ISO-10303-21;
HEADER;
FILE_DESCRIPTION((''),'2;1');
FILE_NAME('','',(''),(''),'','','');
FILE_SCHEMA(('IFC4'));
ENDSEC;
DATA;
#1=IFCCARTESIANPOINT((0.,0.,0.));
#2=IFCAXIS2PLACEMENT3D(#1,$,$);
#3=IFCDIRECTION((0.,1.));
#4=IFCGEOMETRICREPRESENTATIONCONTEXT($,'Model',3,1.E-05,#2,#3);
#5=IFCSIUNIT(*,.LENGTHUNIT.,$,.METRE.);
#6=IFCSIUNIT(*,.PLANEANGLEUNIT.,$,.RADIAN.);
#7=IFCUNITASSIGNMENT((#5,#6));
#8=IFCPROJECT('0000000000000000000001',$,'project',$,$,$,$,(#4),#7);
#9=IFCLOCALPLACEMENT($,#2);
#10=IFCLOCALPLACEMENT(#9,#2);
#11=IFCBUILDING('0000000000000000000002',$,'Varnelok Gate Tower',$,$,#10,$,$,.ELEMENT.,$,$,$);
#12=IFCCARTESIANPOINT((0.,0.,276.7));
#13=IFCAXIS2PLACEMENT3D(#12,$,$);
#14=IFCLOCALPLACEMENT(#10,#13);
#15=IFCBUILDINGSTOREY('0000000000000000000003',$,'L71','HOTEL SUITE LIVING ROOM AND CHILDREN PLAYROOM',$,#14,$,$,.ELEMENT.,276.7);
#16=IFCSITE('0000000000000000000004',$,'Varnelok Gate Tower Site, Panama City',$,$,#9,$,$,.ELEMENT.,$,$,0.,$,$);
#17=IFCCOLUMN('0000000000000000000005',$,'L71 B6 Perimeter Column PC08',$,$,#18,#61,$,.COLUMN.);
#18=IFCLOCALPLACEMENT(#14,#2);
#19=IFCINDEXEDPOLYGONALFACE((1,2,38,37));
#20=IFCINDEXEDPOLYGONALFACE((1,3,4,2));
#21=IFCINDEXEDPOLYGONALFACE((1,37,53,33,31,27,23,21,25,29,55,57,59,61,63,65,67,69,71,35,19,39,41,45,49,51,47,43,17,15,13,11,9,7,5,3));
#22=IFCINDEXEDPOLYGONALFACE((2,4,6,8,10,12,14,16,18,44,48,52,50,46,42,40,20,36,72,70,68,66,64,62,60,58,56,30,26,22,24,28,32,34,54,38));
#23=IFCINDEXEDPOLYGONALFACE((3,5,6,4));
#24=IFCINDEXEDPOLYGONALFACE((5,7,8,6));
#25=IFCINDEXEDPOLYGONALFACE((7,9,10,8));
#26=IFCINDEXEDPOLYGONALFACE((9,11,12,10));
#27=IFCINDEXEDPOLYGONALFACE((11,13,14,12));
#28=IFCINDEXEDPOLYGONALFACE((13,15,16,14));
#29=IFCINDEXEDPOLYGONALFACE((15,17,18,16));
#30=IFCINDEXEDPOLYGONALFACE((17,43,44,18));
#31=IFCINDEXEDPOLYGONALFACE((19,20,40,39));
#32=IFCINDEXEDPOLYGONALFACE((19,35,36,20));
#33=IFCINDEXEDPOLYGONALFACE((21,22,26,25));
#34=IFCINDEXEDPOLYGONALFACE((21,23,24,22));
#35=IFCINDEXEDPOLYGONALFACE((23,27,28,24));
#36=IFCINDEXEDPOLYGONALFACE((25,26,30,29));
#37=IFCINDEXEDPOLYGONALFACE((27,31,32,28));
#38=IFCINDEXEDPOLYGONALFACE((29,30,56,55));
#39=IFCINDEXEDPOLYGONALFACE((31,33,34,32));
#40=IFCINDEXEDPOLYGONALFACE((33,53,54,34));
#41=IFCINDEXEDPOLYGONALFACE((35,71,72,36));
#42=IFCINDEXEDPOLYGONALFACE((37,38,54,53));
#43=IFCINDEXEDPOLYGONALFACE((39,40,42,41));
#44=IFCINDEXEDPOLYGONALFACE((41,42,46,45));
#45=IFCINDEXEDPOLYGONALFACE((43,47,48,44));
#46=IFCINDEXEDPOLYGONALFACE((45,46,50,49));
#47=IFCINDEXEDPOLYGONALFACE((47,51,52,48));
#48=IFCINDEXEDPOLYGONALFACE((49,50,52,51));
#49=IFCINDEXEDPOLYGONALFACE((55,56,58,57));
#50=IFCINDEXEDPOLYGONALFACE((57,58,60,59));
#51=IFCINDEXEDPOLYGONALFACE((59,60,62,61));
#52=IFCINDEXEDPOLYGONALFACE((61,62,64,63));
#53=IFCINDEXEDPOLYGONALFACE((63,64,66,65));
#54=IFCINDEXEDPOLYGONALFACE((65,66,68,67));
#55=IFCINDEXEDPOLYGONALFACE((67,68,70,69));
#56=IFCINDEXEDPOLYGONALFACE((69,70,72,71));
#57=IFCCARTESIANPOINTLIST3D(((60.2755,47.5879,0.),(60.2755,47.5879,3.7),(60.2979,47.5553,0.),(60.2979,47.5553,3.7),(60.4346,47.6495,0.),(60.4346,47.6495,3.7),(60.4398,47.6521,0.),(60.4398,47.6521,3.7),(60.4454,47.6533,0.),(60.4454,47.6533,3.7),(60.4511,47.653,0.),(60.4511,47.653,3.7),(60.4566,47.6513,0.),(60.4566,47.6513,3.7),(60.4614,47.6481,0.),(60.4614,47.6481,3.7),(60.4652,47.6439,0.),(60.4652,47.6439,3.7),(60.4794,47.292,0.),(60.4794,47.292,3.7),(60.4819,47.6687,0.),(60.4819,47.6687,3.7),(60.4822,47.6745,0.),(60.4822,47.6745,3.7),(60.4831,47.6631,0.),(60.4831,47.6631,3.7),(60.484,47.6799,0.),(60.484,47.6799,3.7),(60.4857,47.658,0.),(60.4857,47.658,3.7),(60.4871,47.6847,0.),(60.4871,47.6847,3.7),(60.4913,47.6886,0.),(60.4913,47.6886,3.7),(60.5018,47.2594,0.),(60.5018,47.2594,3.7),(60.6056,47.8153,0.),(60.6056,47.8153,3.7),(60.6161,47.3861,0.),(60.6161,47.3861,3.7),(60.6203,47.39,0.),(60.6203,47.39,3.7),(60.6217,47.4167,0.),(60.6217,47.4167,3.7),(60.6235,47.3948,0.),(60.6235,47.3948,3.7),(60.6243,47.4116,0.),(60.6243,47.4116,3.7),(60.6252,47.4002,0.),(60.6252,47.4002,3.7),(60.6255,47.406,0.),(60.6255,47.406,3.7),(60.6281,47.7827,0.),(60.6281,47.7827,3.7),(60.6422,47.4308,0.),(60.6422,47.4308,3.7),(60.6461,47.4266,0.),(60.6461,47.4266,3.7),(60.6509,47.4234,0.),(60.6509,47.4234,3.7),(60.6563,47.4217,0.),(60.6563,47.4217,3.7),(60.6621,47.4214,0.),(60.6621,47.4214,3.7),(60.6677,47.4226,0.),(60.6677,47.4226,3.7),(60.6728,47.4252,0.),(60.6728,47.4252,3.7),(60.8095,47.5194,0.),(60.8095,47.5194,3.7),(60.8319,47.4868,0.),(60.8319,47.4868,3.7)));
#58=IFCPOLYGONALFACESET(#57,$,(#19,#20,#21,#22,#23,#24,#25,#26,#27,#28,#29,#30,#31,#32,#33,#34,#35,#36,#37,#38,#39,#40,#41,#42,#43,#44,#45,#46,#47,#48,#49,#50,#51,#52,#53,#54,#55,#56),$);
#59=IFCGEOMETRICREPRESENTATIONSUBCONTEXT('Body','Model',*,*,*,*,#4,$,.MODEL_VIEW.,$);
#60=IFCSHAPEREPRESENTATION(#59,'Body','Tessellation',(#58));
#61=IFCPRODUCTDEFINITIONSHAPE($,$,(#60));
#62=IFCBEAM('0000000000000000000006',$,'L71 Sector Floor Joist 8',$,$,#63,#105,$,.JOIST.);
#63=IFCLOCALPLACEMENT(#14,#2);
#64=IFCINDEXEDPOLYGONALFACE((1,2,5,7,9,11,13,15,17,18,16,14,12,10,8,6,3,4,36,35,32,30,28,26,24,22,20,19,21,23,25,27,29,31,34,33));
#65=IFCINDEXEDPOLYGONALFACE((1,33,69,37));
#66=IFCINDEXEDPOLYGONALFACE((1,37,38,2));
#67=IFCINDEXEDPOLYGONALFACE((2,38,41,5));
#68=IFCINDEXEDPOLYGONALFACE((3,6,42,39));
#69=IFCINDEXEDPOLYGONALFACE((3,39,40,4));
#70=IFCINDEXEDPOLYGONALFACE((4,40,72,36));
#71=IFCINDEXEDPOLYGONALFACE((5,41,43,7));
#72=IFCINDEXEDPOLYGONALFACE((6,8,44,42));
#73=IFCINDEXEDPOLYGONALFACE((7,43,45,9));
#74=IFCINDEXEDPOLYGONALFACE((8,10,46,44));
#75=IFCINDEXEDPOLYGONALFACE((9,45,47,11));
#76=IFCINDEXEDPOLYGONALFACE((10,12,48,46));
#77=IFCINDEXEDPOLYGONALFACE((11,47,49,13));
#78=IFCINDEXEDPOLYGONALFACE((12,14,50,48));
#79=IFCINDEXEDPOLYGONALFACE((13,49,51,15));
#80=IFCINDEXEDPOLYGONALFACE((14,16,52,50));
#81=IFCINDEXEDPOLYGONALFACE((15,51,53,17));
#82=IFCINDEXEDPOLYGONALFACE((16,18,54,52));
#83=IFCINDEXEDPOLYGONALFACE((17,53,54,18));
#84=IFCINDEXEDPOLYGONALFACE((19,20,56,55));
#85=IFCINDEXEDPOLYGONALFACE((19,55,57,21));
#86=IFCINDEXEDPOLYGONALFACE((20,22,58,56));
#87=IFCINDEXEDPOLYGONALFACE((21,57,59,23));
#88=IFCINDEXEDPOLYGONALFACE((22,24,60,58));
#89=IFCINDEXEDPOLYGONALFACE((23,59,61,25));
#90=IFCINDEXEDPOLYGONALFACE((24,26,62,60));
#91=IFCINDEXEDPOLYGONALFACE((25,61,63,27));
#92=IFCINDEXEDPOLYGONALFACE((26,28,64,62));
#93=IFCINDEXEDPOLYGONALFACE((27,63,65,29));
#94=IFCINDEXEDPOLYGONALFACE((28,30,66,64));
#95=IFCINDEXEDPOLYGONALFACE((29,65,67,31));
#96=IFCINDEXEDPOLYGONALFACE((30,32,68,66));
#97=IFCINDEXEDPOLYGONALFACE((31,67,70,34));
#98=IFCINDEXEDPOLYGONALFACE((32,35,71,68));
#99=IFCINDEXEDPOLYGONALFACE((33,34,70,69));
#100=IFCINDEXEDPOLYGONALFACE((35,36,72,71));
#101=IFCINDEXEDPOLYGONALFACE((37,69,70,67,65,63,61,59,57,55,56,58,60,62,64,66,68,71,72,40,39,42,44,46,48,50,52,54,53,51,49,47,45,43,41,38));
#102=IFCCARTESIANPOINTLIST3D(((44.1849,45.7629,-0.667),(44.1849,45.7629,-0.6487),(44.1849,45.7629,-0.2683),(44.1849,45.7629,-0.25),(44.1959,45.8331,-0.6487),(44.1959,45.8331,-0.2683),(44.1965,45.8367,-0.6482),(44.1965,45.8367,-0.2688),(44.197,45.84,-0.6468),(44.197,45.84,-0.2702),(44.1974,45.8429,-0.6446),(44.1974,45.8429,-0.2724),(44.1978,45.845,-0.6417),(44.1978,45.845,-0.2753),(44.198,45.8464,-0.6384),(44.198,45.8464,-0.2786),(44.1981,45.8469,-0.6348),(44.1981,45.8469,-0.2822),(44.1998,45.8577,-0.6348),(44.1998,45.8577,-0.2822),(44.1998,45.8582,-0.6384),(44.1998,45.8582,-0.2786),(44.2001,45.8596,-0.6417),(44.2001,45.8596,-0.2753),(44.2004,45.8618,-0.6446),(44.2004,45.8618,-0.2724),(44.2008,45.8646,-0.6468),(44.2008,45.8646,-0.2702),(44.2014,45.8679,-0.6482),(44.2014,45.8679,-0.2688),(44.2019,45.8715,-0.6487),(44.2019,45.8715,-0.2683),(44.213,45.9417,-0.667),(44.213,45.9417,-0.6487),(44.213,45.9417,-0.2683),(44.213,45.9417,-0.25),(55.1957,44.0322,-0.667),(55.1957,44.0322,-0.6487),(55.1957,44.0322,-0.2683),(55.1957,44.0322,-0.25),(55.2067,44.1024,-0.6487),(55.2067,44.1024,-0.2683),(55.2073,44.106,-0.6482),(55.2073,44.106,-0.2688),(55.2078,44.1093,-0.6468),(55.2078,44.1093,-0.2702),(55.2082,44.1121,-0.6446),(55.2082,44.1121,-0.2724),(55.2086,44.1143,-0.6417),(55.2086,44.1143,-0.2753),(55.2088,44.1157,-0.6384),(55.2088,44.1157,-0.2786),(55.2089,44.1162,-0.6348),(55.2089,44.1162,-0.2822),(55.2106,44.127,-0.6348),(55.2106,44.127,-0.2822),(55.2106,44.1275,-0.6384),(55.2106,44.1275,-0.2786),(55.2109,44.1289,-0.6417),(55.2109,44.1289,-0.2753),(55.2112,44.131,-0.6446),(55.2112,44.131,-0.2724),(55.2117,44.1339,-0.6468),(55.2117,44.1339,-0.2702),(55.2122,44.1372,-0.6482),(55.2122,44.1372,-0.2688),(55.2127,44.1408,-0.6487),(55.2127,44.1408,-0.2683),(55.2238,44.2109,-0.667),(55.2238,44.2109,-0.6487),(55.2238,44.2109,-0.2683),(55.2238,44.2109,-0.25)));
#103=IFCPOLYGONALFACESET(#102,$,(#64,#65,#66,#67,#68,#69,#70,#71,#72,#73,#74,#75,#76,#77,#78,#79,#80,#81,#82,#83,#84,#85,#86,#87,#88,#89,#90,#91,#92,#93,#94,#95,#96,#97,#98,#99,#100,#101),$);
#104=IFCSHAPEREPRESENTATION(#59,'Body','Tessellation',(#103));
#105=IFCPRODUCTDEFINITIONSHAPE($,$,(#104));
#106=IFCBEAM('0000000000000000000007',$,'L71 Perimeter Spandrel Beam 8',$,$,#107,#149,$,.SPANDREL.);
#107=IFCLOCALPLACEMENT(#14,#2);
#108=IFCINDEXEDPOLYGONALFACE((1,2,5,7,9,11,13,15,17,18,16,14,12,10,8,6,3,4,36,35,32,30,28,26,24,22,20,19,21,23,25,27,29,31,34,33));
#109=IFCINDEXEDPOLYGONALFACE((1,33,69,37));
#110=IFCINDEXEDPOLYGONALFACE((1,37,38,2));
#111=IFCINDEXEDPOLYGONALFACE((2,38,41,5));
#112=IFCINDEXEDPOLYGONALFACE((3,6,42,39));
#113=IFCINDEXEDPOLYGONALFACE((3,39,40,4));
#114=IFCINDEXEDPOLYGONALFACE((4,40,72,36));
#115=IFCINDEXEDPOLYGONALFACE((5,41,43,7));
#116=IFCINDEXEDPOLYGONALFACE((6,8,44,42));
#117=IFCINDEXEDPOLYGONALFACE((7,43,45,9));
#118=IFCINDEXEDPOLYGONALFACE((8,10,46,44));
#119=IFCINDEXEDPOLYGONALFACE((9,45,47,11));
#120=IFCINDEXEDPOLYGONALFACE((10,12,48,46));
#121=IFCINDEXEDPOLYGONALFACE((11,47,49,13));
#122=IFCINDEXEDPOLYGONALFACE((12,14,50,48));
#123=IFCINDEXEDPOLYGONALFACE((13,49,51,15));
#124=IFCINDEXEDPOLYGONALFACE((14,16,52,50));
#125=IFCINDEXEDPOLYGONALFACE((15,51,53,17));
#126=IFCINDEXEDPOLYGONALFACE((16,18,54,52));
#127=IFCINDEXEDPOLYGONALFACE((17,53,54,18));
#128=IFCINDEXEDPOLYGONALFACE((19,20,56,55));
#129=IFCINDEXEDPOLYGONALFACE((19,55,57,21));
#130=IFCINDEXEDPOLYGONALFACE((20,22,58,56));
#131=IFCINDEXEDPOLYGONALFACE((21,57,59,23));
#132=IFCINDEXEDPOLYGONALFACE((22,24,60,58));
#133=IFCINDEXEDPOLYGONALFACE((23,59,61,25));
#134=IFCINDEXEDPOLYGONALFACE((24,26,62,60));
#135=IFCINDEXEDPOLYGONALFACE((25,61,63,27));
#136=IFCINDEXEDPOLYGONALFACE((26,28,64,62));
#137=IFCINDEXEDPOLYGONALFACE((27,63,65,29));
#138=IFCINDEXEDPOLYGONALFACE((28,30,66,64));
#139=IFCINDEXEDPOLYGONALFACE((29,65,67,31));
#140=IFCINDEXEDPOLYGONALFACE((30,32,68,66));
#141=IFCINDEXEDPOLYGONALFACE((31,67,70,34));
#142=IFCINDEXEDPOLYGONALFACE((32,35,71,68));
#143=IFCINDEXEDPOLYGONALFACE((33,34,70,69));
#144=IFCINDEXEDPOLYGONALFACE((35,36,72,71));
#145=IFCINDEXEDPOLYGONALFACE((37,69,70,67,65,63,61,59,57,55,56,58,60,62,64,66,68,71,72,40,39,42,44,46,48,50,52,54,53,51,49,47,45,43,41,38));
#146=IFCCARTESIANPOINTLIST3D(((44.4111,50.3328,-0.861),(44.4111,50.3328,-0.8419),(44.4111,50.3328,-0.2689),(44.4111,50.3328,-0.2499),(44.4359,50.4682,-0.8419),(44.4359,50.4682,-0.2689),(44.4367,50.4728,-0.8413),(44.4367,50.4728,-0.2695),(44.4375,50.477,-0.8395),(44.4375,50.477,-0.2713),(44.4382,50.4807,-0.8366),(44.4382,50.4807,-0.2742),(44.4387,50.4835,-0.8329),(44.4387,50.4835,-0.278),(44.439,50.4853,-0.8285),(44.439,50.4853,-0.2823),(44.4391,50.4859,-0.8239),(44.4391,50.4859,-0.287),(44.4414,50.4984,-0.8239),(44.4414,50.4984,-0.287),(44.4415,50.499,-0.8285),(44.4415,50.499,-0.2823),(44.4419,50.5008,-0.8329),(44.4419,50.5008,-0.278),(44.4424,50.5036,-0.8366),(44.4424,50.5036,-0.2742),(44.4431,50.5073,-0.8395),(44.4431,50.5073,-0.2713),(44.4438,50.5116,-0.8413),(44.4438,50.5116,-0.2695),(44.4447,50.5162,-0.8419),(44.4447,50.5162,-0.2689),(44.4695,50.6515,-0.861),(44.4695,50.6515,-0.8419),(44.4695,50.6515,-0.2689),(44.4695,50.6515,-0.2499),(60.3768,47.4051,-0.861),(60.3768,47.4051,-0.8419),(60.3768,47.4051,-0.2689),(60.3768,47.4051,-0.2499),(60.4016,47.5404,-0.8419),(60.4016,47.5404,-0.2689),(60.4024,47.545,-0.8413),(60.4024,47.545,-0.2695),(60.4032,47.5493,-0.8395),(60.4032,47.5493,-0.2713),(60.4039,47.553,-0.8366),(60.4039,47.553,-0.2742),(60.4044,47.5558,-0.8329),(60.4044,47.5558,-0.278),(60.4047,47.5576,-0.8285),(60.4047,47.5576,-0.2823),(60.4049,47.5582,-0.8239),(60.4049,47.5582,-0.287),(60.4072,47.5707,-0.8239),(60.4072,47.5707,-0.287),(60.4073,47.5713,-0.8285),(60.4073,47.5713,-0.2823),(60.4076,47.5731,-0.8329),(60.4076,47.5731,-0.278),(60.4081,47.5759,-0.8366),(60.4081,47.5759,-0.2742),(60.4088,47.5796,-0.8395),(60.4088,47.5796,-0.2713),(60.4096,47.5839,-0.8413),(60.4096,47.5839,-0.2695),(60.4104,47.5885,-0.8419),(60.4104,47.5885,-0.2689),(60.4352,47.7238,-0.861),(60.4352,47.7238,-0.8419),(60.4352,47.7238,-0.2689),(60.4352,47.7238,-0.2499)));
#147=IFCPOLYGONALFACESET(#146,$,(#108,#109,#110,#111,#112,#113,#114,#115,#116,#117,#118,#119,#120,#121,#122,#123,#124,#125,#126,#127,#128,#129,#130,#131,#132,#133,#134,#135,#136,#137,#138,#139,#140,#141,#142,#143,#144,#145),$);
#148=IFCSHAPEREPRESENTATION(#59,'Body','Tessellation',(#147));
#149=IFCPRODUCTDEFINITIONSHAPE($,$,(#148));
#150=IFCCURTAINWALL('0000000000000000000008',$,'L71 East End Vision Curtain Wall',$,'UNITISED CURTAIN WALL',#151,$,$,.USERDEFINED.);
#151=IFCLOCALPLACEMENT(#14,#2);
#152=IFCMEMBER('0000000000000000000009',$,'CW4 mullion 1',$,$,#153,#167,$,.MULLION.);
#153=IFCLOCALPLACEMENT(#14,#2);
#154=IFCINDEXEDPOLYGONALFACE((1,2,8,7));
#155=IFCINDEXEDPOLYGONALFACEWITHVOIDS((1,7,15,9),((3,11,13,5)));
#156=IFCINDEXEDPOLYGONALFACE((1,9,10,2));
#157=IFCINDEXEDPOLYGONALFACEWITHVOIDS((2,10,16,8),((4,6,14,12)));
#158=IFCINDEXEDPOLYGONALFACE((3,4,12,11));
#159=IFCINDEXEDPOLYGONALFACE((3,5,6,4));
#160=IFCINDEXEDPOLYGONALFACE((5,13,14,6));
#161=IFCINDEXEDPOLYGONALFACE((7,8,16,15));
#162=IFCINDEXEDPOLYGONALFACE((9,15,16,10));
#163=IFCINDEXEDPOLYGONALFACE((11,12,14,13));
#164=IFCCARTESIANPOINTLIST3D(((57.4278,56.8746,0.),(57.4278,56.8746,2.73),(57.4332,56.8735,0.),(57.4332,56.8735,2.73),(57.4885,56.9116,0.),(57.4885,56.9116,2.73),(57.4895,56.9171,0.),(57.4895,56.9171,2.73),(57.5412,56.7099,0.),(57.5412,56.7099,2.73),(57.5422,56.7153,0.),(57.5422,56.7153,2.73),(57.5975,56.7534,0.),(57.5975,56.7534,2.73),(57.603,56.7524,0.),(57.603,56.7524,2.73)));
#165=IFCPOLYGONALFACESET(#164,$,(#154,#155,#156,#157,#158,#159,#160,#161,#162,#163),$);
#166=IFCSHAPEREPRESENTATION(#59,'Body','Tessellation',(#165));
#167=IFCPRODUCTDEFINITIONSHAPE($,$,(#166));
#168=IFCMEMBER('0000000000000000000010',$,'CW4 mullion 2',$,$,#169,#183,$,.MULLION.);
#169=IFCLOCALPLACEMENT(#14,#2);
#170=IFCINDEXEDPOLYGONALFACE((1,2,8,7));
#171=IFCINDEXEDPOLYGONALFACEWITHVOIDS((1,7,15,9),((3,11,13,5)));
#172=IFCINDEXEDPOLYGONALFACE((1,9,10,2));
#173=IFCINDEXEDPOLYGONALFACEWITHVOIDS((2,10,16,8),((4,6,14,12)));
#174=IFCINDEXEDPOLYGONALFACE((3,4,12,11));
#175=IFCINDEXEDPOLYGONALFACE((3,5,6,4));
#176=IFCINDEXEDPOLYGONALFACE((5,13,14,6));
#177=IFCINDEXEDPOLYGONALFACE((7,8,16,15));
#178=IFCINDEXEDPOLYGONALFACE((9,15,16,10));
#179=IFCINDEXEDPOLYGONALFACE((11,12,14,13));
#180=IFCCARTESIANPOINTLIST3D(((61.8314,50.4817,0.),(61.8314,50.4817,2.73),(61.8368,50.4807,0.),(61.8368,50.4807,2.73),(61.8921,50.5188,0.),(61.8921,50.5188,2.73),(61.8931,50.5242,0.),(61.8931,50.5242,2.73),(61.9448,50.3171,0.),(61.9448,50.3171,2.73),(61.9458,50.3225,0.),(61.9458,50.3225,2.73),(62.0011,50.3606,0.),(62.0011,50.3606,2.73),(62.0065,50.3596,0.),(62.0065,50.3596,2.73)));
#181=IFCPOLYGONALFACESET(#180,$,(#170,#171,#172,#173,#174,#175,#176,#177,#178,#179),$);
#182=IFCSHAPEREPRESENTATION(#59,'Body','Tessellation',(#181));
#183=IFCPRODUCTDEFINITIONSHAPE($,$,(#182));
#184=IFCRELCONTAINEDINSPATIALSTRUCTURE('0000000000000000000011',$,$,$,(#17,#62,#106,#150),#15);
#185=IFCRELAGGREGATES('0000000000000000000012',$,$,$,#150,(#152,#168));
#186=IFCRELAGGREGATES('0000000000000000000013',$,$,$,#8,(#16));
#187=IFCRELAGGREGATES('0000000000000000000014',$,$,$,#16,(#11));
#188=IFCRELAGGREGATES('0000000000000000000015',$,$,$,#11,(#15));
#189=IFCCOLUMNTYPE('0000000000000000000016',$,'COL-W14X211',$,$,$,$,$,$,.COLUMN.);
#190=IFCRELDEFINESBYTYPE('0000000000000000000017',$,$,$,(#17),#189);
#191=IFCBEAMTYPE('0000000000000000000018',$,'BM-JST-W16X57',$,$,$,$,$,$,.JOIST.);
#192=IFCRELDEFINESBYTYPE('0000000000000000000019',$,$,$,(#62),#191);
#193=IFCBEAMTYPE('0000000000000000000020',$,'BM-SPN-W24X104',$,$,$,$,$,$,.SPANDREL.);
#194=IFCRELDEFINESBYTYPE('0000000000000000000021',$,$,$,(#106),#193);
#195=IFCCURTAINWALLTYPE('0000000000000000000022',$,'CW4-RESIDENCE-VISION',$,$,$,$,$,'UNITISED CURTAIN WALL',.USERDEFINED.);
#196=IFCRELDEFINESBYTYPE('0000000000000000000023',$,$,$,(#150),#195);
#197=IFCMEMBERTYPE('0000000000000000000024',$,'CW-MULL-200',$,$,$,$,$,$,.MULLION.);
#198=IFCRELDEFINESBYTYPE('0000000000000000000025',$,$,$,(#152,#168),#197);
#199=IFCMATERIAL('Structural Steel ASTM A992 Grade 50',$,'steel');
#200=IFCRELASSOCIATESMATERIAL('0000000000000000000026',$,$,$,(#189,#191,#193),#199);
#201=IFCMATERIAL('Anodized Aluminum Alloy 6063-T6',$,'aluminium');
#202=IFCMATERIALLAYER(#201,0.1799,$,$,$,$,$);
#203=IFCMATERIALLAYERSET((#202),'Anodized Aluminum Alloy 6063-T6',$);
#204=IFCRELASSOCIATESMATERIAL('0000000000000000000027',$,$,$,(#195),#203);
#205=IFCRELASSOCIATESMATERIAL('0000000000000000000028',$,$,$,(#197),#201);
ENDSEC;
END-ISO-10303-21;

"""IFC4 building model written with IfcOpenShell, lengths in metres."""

from ifc_helpers import new_model, si_unit, direction, frame, origin, origin_2d, place, context, subcontext, project, spatial, hollow_rectangle, i_section, extrude, material, layer, layer_set, material_profile, profile_set, type_object, element, aggregate, save


model = new_model("IFC4")

# Units and contexts
model_context = context("Model", 3, precision=1e-05, world=origin(), true_north=direction((0.0, 1.0)))
body_context = subcontext(model_context, "Body", "Model", "MODEL_VIEW")
ifc_project = project(units=[si_unit("LENGTHUNIT", "METRE"), si_unit("PLANEANGLEUNIT", "RADIAN")], contexts=[model_context])

# Site, building, storey
site_placement = place(None, origin())
site = spatial("IfcSite", under=ifc_project, at=site_placement, Name="Varnelok Gate Tower Site, Panama City", CompositionType="ELEMENT", RefElevation=0.0)
building_placement = place(site_placement, origin())
building = spatial("IfcBuilding", under=site, at=building_placement, Name="Varnelok Gate Tower", CompositionType="ELEMENT")
storey_placement = place(building_placement, frame((0.0, 0.0, 276.7)))
storey = spatial("IfcBuildingStorey", under=building, at=storey_placement, Name="L71", Description="HOTEL SUITE LIVING ROOM AND CHILDREN PLAYROOM", CompositionType="ELEMENT", Elevation=276.7)

# Column
ifc_material_1 = material(Name="Structural Steel ASTM A992 Grade 50", Category="steel")
ifc_material_profile_1 = material_profile(ifc_material_1, i_section(OverallWidth=0.4009, OverallDepth=0.3989, WebThickness=0.0249, FlangeThickness=0.0396, FilletRadius=0.022, at=origin_2d()), Name="W14X211")
ifc_profile_set_1 = profile_set([ifc_material_profile_1], Name="Structural Steel ASTM A992 Grade 50")
column_type = type_object("IfcColumnType", Name="COL-W14X211", PredefinedType="COLUMN", material=ifc_profile_set_1)
column_placement = place(storey_placement, frame((60.5537, 47.5374, 0.0), z_axis=(0.0, 0.0, 1.0), x_axis=(0.823533, 0.567269, 0.0)))
element("IfcColumn", 1, at=column_placement, inside=storey, type_object=column_type, Name="L71 B6 Perimeter Column PC08", PredefinedType="COLUMN", context=body_context, shape_type="SweptSolid", body=[
    extrude(i_section(OverallWidth=0.4009, OverallDepth=0.3989, WebThickness=0.0249, FlangeThickness=0.0396, FilletRadius=0.022, at=origin_2d()), origin(), (0.0, 0.0, 1.0), 3.7),
])

# Beams
ifc_material_profile_2 = material_profile(ifc_material_1, i_section(OverallWidth=0.1809, OverallDepth=0.417, WebThickness=0.011, FlangeThickness=0.0183, FilletRadius=0.0139, at=origin_2d()), Name="W16X57")
ifc_profile_set_2 = profile_set([ifc_material_profile_2], Name="Structural Steel ASTM A992 Grade 50")
beam_type_1 = type_object("IfcBeamType", Name="BM-JST-W16X57", PredefinedType="JOIST", material=ifc_profile_set_2)
beam_1_placement = place(storey_placement, frame((55.2097, 44.1216, -0.4585), z_axis=(-0.987871, 0.155278, 0.0), x_axis=(-0.155278, -0.987871, 0.0)))
element("IfcBeam", 2, at=beam_1_placement, inside=storey, type_object=beam_type_1, Name="L71 Sector Floor Joist 8", PredefinedType="JOIST", context=body_context, shape_type="SweptSolid", body=[
    extrude(i_section(OverallWidth=0.1809, OverallDepth=0.417, WebThickness=0.011, FlangeThickness=0.0183, FilletRadius=0.0139, at=origin_2d()), origin(), (0.0, 0.0, 1.0), 11.146),
])
ifc_material_profile_3 = material_profile(ifc_material_1, i_section(OverallWidth=0.324, OverallDepth=0.6111, WebThickness=0.0127, FlangeThickness=0.019, FilletRadius=0.0181, at=origin_2d()), Name="W24X104")
ifc_profile_set_3 = profile_set([ifc_material_profile_3], Name="Structural Steel ASTM A992 Grade 50")
beam_type_2 = type_object("IfcBeamType", Name="BM-SPN-W24X104", PredefinedType="SPANDREL", material=ifc_profile_set_3)
beam_2_placement = place(storey_placement, frame((60.406, 47.5645, -0.5554), z_axis=(-0.983599, 0.180368, 0.0), x_axis=(-0.180368, -0.983599, 0.0)))
element("IfcBeam", 3, at=beam_2_placement, inside=storey, type_object=beam_type_2, Name="L71 Perimeter Spandrel Beam 8", PredefinedType="SPANDREL", context=body_context, shape_type="SweptSolid", body=[
    extrude(i_section(OverallWidth=0.324, OverallDepth=0.6111, WebThickness=0.0127, FlangeThickness=0.019, FilletRadius=0.0181, at=origin_2d()), origin(), (0.0, 0.0, 1.0), 16.2319),
])

# Curtain wall, members
ifc_material_2 = material(Name="Anodized Aluminum Alloy 6063-T6", Category="aluminium")
ifc_layer_1 = layer(ifc_material_2, 0.1799)
ifc_layer_set_1 = layer_set([ifc_layer_1], Name="Anodized Aluminum Alloy 6063-T6")
curtain_wall_type = type_object("IfcCurtainWallType", Name="CW4-RESIDENCE-VISION", ElementType="UNITISED CURTAIN WALL", PredefinedType="USERDEFINED", material=ifc_layer_set_1)
curtain_wall_placement = place(storey_placement, origin())
curtain_wall = element("IfcCurtainWall", 4, at=curtain_wall_placement, inside=storey, type_object=curtain_wall_type, Name="L71 East End Vision Curtain Wall", ObjectType="UNITISED CURTAIN WALL", PredefinedType="USERDEFINED")
ifc_material_profile_4 = material_profile(ifc_material_2, hollow_rectangle(XDim=0.075, YDim=0.2, WallThickness=0.0039, at=origin_2d()), Name="ALU200X75X4")
ifc_profile_set_4 = profile_set([ifc_material_profile_4], Name="Anodized Aluminum Alloy 6063-T6")
member_type_1 = type_object("IfcMemberType", Name="CW-MULL-200", PredefinedType="MULLION", material=ifc_profile_set_4)
member_1_placement = place(storey_placement, frame((57.5154, 56.8135, 0.0), z_axis=(0.0, 0.0, 1.0), x_axis=(0.823532, 0.567269, 0.0)))
member_1 = element("IfcMember", 5, at=member_1_placement, type_object=member_type_1, Name="CW4 mullion 1", PredefinedType="MULLION", context=body_context, shape_type="SweptSolid", body=[
    extrude(hollow_rectangle(XDim=0.075, YDim=0.2, WallThickness=0.0039, at=origin_2d()), origin(), (0.0, 0.0, 1.0), 2.73),
])
member_2_placement = place(storey_placement, frame((61.9189, 50.4207, 0.0), z_axis=(0.0, 0.0, 1.0), x_axis=(0.823532, 0.567269, 0.0)))
member_2 = element("IfcMember", 6, at=member_2_placement, type_object=member_type_1, Name="CW4 mullion 2", PredefinedType="MULLION", context=body_context, shape_type="SweptSolid", body=[
    extrude(hollow_rectangle(XDim=0.075, YDim=0.2, WallThickness=0.0039, at=origin_2d()), origin(), (0.0, 0.0, 1.0), 2.73),
])
aggregate(curtain_wall, [member_1, member_2])

save(model, "model.ifc")
